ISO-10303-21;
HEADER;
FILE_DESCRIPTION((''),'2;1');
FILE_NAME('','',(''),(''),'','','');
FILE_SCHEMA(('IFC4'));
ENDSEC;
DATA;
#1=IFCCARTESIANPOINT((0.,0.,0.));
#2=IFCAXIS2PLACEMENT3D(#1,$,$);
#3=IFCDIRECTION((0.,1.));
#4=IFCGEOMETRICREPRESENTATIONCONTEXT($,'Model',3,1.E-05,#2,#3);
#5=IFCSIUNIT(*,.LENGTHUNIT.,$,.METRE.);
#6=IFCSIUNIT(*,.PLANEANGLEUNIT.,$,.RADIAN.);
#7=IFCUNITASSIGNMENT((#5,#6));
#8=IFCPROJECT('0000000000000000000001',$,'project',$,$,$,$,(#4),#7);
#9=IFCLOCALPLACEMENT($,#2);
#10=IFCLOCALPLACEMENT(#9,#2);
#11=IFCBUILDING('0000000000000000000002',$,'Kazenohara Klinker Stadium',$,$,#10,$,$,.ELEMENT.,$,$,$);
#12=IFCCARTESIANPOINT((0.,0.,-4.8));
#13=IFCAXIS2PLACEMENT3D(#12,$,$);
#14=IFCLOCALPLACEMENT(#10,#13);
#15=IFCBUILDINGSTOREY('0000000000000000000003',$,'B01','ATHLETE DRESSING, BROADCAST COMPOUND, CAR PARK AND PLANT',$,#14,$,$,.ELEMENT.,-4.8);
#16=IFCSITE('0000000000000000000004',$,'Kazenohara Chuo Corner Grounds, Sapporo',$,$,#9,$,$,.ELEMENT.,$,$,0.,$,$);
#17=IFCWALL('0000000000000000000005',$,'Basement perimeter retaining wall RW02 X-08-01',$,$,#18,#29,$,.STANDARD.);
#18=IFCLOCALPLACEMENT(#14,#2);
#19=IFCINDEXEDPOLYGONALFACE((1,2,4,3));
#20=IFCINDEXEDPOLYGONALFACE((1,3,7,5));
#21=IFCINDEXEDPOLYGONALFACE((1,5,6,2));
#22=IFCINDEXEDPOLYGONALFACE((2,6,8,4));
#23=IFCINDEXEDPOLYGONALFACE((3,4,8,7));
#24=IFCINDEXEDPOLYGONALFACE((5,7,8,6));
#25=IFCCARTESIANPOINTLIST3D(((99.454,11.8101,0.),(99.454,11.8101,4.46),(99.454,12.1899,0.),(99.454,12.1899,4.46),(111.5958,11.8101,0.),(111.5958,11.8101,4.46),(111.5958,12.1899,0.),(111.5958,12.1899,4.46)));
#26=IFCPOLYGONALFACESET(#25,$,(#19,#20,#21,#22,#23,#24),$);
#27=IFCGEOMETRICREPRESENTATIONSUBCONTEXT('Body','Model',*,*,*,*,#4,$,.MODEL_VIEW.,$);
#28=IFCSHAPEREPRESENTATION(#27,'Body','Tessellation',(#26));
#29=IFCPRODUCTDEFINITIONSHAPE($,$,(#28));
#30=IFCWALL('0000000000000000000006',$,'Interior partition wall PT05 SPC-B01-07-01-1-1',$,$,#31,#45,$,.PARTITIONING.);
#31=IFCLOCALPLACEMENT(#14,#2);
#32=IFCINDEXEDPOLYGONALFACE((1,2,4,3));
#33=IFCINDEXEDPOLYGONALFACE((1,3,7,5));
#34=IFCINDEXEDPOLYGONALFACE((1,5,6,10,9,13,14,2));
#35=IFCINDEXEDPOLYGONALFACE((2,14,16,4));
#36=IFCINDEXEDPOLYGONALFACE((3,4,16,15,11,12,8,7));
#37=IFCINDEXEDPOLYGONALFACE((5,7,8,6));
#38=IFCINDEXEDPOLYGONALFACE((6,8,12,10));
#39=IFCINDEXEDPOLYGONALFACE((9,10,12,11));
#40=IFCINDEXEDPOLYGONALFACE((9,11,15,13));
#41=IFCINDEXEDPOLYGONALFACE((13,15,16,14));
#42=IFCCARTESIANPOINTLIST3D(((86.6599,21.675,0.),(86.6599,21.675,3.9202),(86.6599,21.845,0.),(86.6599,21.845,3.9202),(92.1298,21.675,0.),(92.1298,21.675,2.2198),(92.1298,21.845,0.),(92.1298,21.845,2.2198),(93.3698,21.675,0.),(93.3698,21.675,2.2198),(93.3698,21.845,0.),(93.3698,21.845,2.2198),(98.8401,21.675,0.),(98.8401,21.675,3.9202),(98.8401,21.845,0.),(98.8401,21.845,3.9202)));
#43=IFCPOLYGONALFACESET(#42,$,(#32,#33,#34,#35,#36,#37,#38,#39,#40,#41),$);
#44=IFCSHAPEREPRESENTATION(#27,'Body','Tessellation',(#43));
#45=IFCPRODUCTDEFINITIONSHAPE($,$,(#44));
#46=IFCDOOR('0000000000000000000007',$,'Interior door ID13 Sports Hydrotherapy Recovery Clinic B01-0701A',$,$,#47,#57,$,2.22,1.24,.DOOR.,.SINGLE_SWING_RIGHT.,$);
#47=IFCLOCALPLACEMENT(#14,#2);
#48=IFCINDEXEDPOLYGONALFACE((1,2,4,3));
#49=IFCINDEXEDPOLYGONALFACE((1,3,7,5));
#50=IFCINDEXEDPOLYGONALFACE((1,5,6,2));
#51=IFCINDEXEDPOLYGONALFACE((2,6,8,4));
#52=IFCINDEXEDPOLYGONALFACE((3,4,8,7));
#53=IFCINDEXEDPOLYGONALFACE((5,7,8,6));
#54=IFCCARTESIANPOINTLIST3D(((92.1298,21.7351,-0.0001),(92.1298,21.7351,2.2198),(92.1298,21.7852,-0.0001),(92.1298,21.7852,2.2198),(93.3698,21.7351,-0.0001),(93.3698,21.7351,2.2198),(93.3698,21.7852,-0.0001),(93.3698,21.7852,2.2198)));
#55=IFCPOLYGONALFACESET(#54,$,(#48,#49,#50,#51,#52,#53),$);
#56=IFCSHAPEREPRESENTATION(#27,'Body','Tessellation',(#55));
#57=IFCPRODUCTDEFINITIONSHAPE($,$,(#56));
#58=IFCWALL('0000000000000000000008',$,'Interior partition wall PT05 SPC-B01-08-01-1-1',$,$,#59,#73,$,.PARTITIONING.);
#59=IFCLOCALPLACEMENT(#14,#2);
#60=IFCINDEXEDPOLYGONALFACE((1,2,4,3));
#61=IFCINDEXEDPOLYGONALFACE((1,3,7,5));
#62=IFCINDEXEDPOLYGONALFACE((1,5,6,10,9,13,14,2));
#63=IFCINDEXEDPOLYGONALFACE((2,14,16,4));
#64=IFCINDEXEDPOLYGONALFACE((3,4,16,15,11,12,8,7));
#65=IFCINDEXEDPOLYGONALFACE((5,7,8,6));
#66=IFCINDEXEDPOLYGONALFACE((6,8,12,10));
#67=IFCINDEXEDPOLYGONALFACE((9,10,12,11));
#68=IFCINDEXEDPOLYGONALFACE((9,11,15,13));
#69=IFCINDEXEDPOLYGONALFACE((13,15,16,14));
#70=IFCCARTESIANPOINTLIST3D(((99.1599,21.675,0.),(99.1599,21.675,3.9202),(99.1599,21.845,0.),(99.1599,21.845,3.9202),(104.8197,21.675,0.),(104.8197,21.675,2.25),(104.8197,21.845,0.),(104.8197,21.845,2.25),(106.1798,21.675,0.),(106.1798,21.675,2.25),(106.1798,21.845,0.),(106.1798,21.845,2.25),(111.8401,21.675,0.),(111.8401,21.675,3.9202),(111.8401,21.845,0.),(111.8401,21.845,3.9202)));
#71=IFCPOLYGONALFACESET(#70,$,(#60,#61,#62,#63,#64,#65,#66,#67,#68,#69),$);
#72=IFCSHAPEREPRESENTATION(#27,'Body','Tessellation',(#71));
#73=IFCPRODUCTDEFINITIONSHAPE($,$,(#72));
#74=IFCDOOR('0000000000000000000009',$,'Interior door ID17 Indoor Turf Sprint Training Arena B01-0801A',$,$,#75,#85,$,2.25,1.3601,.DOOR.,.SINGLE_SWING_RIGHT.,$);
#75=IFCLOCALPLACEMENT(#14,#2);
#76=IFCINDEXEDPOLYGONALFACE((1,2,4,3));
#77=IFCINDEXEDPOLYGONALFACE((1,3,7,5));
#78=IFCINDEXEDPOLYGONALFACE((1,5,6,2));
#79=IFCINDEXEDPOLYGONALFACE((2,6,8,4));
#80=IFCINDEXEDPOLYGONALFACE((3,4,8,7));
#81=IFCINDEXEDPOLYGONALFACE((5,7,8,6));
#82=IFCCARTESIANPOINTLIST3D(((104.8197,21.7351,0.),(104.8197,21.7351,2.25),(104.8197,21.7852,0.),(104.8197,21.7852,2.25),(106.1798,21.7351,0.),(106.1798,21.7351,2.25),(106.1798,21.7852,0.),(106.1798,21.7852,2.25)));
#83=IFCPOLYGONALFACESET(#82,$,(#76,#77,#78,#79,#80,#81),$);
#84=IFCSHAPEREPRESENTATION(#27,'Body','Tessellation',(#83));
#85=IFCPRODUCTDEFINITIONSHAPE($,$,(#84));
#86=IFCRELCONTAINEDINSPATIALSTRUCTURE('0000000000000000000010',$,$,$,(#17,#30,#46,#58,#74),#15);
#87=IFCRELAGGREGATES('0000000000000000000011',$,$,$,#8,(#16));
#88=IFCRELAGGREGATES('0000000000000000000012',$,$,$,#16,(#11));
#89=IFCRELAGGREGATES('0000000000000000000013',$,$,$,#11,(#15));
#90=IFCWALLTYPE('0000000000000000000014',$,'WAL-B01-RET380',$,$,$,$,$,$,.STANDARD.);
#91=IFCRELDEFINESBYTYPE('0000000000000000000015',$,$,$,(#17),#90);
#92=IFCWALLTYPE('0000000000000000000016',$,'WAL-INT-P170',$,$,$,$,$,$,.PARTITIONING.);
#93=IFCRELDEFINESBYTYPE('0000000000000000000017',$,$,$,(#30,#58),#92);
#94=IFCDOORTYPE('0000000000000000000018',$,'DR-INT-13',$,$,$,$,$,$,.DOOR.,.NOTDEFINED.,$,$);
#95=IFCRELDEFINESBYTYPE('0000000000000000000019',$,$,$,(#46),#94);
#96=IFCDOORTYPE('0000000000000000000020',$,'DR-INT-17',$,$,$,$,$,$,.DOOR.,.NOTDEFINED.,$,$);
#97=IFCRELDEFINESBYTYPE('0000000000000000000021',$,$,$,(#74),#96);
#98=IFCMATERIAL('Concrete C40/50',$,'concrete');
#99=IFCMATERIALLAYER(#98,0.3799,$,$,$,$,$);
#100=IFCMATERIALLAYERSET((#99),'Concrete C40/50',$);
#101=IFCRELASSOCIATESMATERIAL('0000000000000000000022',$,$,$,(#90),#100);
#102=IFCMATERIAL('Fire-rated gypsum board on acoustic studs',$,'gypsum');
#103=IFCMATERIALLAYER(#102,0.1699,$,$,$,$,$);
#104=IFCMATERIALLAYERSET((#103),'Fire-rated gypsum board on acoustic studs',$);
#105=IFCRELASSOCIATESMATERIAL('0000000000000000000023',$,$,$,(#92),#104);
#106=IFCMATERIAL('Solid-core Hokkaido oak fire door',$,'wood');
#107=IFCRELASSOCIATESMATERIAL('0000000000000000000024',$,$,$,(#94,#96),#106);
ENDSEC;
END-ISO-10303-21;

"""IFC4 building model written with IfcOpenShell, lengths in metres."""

from ifc_helpers import new_model, si_unit, direction, frame, frame_2d, origin, place, context, subcontext, project, spatial, rectangle, extrude, material, layer, layer_set, type_object, element, fill, save


model = new_model("IFC4")

# Units and contexts
model_context = context("Model", 3, precision=1e-05, world=origin(), true_north=direction((0.0, 1.0)))
body_context = subcontext(model_context, "Body", "Model", "MODEL_VIEW")
ifc_project = project(units=[si_unit("LENGTHUNIT", "METRE"), si_unit("PLANEANGLEUNIT", "RADIAN")], contexts=[model_context])

# Site, building, storey
site_placement = place(None, origin())
site = spatial("IfcSite", under=ifc_project, at=site_placement, Name="Kazenohara Chuo Corner Grounds, Sapporo", CompositionType="ELEMENT", RefElevation=0.0)
building_placement = place(site_placement, origin())
building = spatial("IfcBuilding", under=site, at=building_placement, Name="Kazenohara Klinker Stadium", CompositionType="ELEMENT")
storey_placement = place(building_placement, frame((0.0, 0.0, -4.8)))
storey = spatial("IfcBuildingStorey", under=building, at=storey_placement, Name="B01", Description="ATHLETE DRESSING, BROADCAST COMPOUND, CAR PARK AND PLANT", CompositionType="ELEMENT", Elevation=-4.8)

# Shared definitions
ifc_material_1 = material(Name="Concrete C40/50", Category="concrete")

# Wall
ifc_layer_1 = layer(ifc_material_1, 0.3799)
ifc_layer_set_1 = layer_set([ifc_layer_1], Name="Concrete C40/50")
wall_type_1 = type_object("IfcWallType", Name="WAL-B01-RET380", PredefinedType="STANDARD", material=ifc_layer_set_1)
wall_1_placement = place(storey_placement, frame((99.4541, 12.0, 0.0), z_axis=(0.0, 0.0, 1.0), x_axis=(1.0, 0.0, 0.0)))
element("IfcWall", 1, at=wall_1_placement, inside=storey, type_object=wall_type_1, Name="Basement perimeter retaining wall RW02 X-08-01", PredefinedType="STANDARD", context=body_context, shape_type="SweptSolid", body=[
    extrude(rectangle(XDim=12.1418, YDim=0.3799, at=frame_2d((6.0708, 0.0))), origin(), (0.0, 0.0, 1.0), 4.46),
])

# Walls, openings, doors
ifc_material_2 = material(Name="Fire-rated gypsum board on acoustic studs", Category="gypsum")
ifc_layer_2 = layer(ifc_material_2, 0.1699)
ifc_layer_set_2 = layer_set([ifc_layer_2], Name="Fire-rated gypsum board on acoustic studs")
wall_type_2 = type_object("IfcWallType", Name="WAL-INT-P170", PredefinedType="PARTITIONING", material=ifc_layer_set_2)
wall_2_placement = place(storey_placement, frame((86.6599, 21.76, 0.0), z_axis=(0.0, 0.0, 1.0), x_axis=(1.0, 0.0, 0.0)))
wall_2 = element("IfcWall", 2, at=wall_2_placement, inside=storey, type_object=wall_type_2, Name="Interior partition wall PT05 SPC-B01-07-01-1-1", PredefinedType="PARTITIONING", context=body_context, shape_type="SweptSolid", body=[
    extrude(rectangle(XDim=12.1802, YDim=0.1699, at=frame_2d((6.0901, 0.0))), origin(), (0.0, 0.0, 1.0), 3.9202),
])
opening_1_placement = place(wall_2_placement, frame((6.71, 0.0, 0.0), z_axis=(0.0, 0.0, 1.0), x_axis=(-1.0, 0.0, 0.0)))
opening_1 = element("IfcOpeningElement", 3, at=opening_1_placement, cuts=wall_2, PredefinedType="OPENING", context=body_context, shape_type="SweptSolid", body=[
    extrude(rectangle(XDim=1.24, YDim=2.22, at=frame_2d((0.6201, 1.1099))), frame((0.0, 0.095, 0.0), z_axis=(0.0, -1.0, 0.0), x_axis=(1.0, 0.0, 0.0)), (0.0, 0.0, 1.0), 0.1899),
])
ifc_material_3 = material(Name="Solid-core Hokkaido oak fire door", Category="wood")
door_type_1 = type_object("IfcDoorType", Name="DR-INT-13", OperationType="NOTDEFINED", PredefinedType="DOOR", material=ifc_material_3)
door_1_placement = place(opening_1_placement, origin())
door_1 = element("IfcDoor", 4, at=door_1_placement, inside=storey, type_object=door_type_1, Name="Interior door ID13 Sports Hydrotherapy Recovery Clinic B01-0701A", OperationType="SINGLE_SWING_RIGHT", OverallHeight=2.22, OverallWidth=1.24, PredefinedType="DOOR", context=body_context, shape_type="SweptSolid", body=[
    extrude(rectangle(XDim=1.24, YDim=2.22, at=frame_2d((0.6201, 1.1099))), frame((0.0, 0.0249, 0.0), z_axis=(0.0, -1.0, 0.0), x_axis=(1.0, 0.0, 0.0)), (0.0, 0.0, 1.0), 0.05),
])
fill(opening_1, door_1)
wall_3_placement = place(storey_placement, frame((99.1599, 21.76, 0.0), z_axis=(0.0, 0.0, 1.0), x_axis=(1.0, 0.0, 0.0)))
wall_3 = element("IfcWall", 5, at=wall_3_placement, inside=storey, type_object=wall_type_2, Name="Interior partition wall PT05 SPC-B01-08-01-1-1", PredefinedType="PARTITIONING", context=body_context, shape_type="SweptSolid", body=[
    extrude(rectangle(XDim=12.6802, YDim=0.1699, at=frame_2d((6.3401, 0.0))), origin(), (0.0, 0.0, 1.0), 3.9202),
])
opening_2_placement = place(wall_3_placement, frame((7.02, 0.0, 0.0), z_axis=(0.0, 0.0, 1.0), x_axis=(-1.0, 0.0, 0.0)))
opening_2 = element("IfcOpeningElement", 6, at=opening_2_placement, cuts=wall_3, PredefinedType="OPENING", context=body_context, shape_type="SweptSolid", body=[
    extrude(rectangle(XDim=1.3601, YDim=2.25, at=frame_2d((0.6802, 1.125))), frame((0.0, 0.095, 0.0), z_axis=(0.0, -1.0, 0.0), x_axis=(1.0, 0.0, 0.0)), (0.0, 0.0, 1.0), 0.1899),
])
door_type_2 = type_object("IfcDoorType", Name="DR-INT-17", OperationType="NOTDEFINED", PredefinedType="DOOR", material=ifc_material_3)
door_2_placement = place(opening_2_placement, origin())
door_2 = element("IfcDoor", 7, at=door_2_placement, inside=storey, type_object=door_type_2, Name="Interior door ID17 Indoor Turf Sprint Training Arena B01-0801A", OperationType="SINGLE_SWING_RIGHT", OverallHeight=2.25, OverallWidth=1.3601, PredefinedType="DOOR", context=body_context, shape_type="SweptSolid", body=[
    extrude(rectangle(XDim=1.3601, YDim=2.25, at=frame_2d((0.6802, 1.125))), frame((0.0, 0.0249, 0.0), z_axis=(0.0, -1.0, 0.0), x_axis=(1.0, 0.0, 0.0)), (0.0, 0.0, 1.0), 0.05),
])
fill(opening_2, door_2)

save(model, "model.ifc")
